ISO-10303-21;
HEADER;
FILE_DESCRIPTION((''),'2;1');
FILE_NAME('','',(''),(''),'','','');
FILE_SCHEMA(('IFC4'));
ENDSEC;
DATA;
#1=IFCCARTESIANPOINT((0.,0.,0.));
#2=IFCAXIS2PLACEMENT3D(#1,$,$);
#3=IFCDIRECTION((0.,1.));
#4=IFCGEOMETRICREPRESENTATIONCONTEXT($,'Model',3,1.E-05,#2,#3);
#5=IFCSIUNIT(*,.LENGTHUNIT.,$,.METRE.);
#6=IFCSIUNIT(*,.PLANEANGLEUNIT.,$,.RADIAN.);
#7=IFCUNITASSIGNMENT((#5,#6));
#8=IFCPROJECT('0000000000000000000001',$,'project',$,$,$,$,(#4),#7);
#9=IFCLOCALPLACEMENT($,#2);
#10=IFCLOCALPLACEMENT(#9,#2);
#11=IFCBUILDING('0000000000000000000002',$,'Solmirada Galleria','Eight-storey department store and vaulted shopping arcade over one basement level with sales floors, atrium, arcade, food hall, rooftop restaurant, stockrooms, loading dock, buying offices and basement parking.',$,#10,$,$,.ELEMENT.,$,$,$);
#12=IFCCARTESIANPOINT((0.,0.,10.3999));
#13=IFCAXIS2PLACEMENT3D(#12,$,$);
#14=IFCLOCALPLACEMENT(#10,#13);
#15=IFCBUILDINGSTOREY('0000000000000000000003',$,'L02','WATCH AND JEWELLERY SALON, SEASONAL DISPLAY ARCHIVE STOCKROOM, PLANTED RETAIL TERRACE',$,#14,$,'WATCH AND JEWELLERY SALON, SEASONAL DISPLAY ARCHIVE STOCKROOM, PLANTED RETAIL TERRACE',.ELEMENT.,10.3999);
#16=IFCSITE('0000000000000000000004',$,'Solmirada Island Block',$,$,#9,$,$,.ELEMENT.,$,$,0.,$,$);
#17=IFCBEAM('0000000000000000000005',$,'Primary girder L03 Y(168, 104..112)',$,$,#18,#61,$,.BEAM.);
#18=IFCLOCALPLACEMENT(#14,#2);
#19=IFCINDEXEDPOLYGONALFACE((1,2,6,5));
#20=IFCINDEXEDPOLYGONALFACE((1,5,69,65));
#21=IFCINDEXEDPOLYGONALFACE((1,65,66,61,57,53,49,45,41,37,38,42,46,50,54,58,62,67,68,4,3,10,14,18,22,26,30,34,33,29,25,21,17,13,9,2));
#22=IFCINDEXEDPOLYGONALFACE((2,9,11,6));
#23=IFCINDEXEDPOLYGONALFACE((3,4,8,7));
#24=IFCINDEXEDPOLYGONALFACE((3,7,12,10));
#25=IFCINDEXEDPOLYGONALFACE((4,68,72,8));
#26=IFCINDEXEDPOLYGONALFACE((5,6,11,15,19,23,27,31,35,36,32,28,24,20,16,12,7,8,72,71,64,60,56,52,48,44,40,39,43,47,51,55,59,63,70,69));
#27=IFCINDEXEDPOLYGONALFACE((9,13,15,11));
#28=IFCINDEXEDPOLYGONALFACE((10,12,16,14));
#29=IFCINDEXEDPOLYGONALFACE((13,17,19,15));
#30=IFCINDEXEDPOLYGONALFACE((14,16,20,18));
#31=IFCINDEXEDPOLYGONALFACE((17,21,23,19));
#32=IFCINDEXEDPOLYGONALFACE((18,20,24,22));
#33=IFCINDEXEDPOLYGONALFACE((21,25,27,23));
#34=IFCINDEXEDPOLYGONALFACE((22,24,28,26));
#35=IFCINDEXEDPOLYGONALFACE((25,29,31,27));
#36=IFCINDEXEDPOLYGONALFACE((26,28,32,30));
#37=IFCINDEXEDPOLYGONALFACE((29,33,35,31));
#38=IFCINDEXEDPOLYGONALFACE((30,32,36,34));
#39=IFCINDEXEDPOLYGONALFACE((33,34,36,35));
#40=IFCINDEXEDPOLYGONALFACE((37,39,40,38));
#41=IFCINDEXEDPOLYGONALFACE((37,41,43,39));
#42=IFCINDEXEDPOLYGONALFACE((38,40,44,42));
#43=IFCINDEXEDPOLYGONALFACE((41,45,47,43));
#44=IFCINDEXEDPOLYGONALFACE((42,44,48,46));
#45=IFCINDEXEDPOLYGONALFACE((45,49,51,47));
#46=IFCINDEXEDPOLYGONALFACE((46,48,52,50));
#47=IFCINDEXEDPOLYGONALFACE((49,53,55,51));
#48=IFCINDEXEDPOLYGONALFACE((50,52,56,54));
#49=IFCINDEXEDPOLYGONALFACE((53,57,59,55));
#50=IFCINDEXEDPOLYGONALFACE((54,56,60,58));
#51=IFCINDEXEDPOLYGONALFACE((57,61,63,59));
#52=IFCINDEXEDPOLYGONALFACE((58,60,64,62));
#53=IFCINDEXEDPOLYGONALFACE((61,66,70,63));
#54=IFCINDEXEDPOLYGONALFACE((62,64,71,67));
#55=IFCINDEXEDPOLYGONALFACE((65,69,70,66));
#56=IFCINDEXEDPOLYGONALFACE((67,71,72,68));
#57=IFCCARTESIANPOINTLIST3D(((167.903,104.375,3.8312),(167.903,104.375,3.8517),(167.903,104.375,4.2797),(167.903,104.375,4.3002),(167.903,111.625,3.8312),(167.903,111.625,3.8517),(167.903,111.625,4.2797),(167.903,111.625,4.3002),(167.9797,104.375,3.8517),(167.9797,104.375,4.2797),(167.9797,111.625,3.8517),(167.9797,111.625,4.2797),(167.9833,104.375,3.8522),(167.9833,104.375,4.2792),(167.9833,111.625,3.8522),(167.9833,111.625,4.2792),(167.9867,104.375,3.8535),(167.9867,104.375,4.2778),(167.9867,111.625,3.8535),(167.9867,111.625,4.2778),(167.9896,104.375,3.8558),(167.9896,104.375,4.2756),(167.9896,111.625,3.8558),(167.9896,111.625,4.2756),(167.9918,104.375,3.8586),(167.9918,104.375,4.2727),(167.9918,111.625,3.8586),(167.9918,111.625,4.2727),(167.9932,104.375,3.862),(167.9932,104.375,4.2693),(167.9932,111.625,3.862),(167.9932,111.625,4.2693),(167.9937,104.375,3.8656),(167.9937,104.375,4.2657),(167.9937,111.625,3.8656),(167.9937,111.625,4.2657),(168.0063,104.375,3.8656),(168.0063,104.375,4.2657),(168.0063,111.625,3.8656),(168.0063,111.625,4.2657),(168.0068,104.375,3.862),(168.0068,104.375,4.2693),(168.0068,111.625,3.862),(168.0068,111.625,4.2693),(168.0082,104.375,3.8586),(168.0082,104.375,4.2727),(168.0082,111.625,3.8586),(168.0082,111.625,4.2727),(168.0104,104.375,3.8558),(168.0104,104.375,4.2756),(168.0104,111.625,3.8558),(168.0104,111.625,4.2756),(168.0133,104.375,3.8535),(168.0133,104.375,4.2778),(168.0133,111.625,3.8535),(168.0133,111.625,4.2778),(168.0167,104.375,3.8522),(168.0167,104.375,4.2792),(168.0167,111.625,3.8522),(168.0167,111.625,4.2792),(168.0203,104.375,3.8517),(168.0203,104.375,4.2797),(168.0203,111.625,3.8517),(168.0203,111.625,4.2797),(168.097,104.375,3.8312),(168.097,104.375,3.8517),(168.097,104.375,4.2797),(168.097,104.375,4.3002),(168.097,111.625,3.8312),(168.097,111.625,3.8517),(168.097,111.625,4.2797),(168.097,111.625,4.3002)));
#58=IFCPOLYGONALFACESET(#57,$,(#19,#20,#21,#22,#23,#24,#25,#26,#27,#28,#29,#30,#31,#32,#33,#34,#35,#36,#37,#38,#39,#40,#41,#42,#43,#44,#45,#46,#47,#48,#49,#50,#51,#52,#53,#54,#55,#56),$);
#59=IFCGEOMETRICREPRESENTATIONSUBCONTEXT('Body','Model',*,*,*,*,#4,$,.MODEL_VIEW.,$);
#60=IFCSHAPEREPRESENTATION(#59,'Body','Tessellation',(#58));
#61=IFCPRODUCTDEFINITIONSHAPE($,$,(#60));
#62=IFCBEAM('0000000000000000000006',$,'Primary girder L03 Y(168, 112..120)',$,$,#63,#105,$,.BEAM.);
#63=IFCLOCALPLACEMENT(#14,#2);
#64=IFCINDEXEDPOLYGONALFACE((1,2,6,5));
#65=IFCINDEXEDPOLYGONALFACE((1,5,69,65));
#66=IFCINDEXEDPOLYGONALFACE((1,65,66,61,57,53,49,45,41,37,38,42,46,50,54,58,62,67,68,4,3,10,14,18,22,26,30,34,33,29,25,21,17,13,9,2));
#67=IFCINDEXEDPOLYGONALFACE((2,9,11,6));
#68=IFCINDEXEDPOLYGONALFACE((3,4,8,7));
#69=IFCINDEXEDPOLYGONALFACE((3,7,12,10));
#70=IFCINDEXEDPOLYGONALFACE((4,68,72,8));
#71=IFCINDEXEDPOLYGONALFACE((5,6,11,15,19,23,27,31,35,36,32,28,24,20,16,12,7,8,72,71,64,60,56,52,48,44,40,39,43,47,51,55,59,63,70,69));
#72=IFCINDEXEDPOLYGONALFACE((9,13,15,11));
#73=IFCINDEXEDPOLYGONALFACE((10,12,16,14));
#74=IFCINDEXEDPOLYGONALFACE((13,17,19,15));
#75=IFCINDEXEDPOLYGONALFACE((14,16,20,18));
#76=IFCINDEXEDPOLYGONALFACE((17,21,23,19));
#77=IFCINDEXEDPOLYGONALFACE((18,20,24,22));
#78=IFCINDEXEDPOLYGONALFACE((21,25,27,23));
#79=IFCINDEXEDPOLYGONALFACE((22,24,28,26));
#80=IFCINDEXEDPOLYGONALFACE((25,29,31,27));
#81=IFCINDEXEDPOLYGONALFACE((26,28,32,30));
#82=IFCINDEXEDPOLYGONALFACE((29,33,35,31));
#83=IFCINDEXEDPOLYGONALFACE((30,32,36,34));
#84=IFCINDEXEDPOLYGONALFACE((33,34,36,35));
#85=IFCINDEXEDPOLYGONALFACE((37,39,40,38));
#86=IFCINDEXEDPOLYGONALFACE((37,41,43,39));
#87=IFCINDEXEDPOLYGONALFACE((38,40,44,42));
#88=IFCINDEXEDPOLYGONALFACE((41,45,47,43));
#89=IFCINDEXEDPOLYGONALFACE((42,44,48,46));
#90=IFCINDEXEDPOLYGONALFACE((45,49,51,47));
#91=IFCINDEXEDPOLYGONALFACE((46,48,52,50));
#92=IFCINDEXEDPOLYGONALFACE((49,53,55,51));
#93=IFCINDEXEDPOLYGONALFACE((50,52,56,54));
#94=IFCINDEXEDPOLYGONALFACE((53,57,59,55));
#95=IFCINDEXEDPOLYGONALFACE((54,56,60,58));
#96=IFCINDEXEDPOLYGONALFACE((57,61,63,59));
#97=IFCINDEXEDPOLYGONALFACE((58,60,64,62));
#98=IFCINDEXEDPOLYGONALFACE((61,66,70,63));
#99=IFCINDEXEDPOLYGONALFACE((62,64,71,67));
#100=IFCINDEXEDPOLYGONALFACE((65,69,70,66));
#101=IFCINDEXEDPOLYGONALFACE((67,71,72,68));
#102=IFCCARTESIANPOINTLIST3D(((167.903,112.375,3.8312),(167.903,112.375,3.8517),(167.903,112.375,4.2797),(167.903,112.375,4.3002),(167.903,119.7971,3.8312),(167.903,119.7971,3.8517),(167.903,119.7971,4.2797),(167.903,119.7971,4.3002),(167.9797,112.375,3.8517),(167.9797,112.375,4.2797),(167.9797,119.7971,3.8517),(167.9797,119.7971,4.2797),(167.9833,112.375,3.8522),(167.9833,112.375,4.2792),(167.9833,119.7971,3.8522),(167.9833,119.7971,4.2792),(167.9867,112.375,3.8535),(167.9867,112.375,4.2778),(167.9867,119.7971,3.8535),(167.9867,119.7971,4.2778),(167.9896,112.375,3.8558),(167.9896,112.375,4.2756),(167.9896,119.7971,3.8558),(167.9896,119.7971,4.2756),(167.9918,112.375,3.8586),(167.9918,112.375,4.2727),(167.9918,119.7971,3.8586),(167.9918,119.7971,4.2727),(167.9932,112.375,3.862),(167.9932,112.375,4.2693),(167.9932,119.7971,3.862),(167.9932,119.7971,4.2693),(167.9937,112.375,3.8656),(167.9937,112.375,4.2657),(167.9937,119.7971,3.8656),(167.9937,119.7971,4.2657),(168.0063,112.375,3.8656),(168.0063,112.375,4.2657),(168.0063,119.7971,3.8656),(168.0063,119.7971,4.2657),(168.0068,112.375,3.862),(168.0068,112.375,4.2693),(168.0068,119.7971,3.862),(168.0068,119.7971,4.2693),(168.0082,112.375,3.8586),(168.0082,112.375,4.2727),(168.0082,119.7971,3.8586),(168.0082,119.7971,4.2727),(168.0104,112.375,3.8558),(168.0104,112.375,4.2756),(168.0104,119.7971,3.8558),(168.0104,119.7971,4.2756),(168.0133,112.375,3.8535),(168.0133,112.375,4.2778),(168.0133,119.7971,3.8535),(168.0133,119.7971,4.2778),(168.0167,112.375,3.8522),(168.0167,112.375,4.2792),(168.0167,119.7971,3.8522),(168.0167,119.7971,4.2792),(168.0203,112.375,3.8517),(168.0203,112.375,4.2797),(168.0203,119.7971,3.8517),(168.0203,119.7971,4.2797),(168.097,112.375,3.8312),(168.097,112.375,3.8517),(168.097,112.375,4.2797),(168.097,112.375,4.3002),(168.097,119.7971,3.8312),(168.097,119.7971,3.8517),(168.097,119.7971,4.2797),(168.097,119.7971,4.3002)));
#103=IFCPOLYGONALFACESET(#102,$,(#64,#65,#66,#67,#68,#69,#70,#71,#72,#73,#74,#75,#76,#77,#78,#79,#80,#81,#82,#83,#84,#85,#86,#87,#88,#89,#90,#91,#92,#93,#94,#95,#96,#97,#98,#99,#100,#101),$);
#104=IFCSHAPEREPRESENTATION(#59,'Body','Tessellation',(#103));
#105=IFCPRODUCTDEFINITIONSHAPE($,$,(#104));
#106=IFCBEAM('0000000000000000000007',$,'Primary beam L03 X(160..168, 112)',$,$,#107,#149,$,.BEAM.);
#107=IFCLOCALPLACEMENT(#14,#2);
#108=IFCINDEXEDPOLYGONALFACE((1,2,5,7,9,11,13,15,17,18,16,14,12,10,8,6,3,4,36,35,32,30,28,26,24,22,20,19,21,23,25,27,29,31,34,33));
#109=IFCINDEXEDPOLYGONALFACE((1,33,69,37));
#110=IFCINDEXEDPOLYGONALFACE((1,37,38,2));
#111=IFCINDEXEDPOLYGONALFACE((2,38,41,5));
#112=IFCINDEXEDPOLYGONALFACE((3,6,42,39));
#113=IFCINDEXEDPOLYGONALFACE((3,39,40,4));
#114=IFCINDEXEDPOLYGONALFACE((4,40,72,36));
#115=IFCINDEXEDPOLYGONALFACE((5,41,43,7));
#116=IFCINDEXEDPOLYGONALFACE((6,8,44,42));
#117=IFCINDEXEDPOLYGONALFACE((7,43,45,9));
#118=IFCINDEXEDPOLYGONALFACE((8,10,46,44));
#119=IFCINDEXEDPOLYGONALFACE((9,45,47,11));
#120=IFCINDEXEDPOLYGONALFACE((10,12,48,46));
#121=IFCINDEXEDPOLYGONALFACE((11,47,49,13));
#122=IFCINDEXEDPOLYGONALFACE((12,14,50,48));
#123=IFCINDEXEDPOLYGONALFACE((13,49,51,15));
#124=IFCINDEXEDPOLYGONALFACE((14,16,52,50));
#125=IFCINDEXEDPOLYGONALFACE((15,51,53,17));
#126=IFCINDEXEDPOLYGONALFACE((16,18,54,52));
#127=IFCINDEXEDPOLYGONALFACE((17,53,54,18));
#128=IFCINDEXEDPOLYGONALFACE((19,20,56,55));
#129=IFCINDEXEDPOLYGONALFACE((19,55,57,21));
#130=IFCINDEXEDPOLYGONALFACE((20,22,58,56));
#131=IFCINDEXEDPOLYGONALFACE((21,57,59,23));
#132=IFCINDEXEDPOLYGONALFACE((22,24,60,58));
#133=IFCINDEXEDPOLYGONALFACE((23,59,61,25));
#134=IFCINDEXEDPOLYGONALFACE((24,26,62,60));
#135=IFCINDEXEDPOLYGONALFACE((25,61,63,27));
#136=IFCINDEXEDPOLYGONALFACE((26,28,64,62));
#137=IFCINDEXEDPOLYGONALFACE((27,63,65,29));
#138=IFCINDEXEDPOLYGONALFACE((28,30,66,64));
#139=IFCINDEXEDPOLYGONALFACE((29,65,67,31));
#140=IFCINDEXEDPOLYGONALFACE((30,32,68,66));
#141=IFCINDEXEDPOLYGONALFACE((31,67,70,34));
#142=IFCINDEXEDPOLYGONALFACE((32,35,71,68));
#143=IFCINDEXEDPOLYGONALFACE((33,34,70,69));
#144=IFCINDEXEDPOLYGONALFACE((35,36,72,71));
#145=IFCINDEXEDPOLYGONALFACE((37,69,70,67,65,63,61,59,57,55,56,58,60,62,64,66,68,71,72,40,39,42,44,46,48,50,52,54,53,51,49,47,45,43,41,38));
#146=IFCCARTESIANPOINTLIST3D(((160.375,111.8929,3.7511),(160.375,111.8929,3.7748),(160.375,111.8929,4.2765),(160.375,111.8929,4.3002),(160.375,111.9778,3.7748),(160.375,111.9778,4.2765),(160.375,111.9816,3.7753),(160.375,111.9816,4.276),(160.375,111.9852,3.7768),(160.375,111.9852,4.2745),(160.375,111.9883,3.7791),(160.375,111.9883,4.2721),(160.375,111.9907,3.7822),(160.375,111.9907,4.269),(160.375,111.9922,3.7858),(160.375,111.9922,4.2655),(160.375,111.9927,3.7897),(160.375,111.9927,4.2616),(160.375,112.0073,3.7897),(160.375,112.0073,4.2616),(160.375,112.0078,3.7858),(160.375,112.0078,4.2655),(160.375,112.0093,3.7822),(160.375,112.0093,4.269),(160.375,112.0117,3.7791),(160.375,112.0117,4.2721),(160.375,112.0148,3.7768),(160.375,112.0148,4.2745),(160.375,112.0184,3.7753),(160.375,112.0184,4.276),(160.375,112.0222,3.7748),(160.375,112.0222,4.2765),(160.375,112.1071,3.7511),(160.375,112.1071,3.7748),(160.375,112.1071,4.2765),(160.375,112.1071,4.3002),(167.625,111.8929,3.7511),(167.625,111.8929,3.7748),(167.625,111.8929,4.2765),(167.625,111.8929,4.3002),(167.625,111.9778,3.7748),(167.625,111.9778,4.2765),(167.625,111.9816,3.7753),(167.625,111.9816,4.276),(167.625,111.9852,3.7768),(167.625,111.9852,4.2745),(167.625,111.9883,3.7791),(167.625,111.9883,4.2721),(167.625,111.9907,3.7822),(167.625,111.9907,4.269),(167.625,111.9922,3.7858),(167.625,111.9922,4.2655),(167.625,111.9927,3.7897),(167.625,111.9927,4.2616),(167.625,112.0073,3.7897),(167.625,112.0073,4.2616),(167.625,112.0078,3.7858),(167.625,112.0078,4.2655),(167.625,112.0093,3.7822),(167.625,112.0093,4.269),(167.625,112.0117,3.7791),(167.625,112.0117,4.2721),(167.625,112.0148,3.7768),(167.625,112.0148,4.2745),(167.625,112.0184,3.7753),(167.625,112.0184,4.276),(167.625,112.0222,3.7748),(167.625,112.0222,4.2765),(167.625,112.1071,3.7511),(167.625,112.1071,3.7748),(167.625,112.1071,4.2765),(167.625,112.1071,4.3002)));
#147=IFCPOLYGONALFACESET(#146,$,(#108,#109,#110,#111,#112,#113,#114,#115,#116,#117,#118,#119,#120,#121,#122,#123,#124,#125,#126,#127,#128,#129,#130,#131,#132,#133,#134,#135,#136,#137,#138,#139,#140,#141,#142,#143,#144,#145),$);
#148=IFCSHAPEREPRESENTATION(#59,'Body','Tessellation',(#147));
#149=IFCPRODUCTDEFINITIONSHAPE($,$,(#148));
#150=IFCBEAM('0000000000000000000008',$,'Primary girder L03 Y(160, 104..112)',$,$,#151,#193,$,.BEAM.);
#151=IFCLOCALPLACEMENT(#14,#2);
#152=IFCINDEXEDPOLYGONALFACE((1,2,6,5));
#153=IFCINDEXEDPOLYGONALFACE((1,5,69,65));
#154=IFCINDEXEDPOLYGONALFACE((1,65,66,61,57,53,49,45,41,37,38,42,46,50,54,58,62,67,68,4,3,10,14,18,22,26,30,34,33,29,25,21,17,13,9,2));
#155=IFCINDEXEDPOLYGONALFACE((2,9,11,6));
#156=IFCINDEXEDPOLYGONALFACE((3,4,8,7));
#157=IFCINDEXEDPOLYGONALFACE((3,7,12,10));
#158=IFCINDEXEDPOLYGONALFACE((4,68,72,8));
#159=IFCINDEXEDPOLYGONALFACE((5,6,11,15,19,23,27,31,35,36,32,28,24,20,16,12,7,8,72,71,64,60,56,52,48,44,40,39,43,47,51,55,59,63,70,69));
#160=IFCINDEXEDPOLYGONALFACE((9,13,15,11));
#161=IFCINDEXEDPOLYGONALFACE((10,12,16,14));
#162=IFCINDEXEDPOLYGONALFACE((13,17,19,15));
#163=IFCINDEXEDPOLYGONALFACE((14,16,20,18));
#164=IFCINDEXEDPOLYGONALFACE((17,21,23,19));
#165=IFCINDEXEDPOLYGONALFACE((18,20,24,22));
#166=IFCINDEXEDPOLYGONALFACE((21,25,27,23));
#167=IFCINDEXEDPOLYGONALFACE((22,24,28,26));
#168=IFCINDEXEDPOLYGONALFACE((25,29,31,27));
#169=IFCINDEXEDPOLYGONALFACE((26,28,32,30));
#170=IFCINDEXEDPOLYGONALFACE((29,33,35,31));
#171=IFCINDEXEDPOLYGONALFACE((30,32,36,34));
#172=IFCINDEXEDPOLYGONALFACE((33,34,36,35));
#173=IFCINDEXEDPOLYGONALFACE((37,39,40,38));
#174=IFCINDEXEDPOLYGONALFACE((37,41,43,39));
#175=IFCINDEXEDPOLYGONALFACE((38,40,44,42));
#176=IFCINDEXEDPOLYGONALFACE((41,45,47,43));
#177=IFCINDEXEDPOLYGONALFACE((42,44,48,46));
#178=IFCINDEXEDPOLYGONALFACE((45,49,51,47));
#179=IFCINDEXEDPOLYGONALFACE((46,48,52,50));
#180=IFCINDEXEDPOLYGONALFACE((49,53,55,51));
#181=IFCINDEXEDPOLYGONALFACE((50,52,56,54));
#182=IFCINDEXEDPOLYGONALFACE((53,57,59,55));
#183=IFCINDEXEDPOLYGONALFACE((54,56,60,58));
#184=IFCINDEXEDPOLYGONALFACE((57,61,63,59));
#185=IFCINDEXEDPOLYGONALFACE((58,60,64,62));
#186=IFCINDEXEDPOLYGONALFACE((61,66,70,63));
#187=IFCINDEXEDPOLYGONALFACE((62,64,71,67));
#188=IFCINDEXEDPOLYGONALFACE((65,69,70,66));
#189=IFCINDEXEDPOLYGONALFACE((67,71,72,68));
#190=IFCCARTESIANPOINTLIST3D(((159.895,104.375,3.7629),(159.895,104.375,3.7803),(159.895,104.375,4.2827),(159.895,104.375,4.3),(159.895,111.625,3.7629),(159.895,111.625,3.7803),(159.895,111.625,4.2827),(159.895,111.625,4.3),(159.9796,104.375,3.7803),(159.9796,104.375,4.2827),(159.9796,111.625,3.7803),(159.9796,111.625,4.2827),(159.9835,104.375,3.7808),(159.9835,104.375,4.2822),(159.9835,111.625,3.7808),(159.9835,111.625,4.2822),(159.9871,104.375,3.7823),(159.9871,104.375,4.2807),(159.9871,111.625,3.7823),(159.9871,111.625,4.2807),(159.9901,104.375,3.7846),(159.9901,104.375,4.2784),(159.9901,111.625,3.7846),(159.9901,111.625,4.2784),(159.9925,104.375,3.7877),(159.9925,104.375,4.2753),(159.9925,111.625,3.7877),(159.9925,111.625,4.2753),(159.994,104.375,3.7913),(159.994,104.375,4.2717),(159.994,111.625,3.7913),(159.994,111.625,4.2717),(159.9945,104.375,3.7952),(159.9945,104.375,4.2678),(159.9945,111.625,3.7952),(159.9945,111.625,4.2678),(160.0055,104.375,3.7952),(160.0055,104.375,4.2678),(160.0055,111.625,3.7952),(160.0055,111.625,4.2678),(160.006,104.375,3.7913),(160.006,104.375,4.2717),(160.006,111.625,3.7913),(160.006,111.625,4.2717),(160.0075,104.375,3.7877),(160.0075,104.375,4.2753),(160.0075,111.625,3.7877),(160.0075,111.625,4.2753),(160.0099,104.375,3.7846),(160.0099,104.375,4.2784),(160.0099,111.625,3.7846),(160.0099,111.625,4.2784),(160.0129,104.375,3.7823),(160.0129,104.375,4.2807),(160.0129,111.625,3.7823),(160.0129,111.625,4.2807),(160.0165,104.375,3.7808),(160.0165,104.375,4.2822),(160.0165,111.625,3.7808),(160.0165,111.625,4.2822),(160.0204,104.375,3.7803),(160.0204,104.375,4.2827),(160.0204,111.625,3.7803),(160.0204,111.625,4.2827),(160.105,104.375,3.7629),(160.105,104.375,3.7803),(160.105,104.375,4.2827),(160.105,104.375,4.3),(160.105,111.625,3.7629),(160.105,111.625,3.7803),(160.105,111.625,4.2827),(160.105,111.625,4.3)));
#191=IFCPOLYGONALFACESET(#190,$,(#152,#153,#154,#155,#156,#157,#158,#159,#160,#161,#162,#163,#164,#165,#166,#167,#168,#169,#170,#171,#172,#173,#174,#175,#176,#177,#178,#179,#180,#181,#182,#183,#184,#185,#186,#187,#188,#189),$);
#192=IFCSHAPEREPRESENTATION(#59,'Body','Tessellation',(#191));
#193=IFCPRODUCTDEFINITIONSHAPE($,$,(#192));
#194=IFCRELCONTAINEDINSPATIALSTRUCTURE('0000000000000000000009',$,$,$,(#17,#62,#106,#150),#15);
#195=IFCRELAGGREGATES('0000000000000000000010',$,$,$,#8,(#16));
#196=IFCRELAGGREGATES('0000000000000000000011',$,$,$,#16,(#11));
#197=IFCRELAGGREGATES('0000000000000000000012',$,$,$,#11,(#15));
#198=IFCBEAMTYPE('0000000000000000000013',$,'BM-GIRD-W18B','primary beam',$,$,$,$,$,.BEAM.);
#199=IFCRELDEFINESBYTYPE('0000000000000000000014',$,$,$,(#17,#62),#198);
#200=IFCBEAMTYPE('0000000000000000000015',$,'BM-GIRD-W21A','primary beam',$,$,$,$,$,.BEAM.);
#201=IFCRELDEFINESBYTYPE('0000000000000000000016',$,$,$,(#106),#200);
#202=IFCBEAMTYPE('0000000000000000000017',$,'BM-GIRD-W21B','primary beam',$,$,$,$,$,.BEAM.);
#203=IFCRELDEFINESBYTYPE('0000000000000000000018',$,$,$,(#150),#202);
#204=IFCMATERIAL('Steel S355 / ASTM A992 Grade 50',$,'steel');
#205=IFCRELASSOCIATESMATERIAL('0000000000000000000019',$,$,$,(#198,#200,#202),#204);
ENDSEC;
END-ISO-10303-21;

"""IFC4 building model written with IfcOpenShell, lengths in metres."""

from ifc_helpers import new_model, si_unit, direction, frame, origin, origin_2d, place, context, subcontext, project, spatial, i_section, extrude, material, material_profile, profile_set, type_object, element, save


model = new_model("IFC4")

# Units and contexts
model_context = context("Model", 3, precision=1e-05, world=origin(), true_north=direction((0.0, 1.0)))
body_context = subcontext(model_context, "Body", "Model", "MODEL_VIEW")
ifc_project = project(units=[si_unit("LENGTHUNIT", "METRE"), si_unit("PLANEANGLEUNIT", "RADIAN")], contexts=[model_context])

# Site, building, storey
site_placement = place(None, origin())
site = spatial("IfcSite", under=ifc_project, at=site_placement, Name="Solmirada Island Block", CompositionType="ELEMENT", RefElevation=0.0)
building_placement = place(site_placement, origin())
building = spatial("IfcBuilding", under=site, at=building_placement, Name="Solmirada Galleria", Description="Eight-storey department store and vaulted shopping arcade over one basement level with sales floors, atrium, arcade, food hall, rooftop restaurant, stockrooms, loading dock, buying offices and basement parking.", CompositionType="ELEMENT")
storey_placement = place(building_placement, frame((0.0, 0.0, 10.3999)))
storey = spatial("IfcBuildingStorey", under=building, at=storey_placement, Name="L02", Description="WATCH AND JEWELLERY SALON, SEASONAL DISPLAY ARCHIVE STOCKROOM, PLANTED RETAIL TERRACE", LongName="WATCH AND JEWELLERY SALON, SEASONAL DISPLAY ARCHIVE STOCKROOM, PLANTED RETAIL TERRACE", CompositionType="ELEMENT", Elevation=10.3999)

# Beams
ifc_material_1 = material(Name="Steel S355 / ASTM A992 Grade 50", Category="steel")
ifc_material_profile_1 = material_profile(ifc_material_1, i_section(OverallWidth=0.1941, OverallDepth=0.469, WebThickness=0.0127, FlangeThickness=0.0205, FilletRadius=0.0139, at=origin_2d()), Name="W18X71")
ifc_profile_set_1 = profile_set([ifc_material_profile_1], Name="Steel S355 / ASTM A992 Grade 50")
beam_type_1 = type_object("IfcBeamType", Name="BM-GIRD-W18B", Description="primary beam", PredefinedType="BEAM", material=ifc_profile_set_1)
beam_1_placement = place(storey_placement, frame((168.0, 104.375, 4.0657), z_axis=(0.0, 1.0, 0.0), x_axis=(-1.0, 0.0, 0.0)))
element("IfcBeam", 1, at=beam_1_placement, inside=storey, type_object=beam_type_1, Name="Primary girder L03 Y(168, 104..112)", PredefinedType="BEAM", context=body_context, shape_type="SweptSolid", body=[
    extrude(i_section(OverallWidth=0.1941, OverallDepth=0.469, WebThickness=0.0127, FlangeThickness=0.0205, FilletRadius=0.0139, at=origin_2d()), origin(), (0.0, 0.0, 1.0), 7.25),
])
beam_2_placement = place(storey_placement, frame((168.0, 112.375, 4.0657), z_axis=(0.0, 1.0, 0.0), x_axis=(-1.0, 0.0, 0.0)))
element("IfcBeam", 2, at=beam_2_placement, inside=storey, type_object=beam_type_1, Name="Primary girder L03 Y(168, 112..120)", PredefinedType="BEAM", context=body_context, shape_type="SweptSolid", body=[
    extrude(i_section(OverallWidth=0.1941, OverallDepth=0.469, WebThickness=0.0127, FlangeThickness=0.0205, FilletRadius=0.0139, at=origin_2d()), origin(), (0.0, 0.0, 1.0), 7.4221),
])
ifc_material_profile_2 = material_profile(ifc_material_1, i_section(OverallWidth=0.2141, OverallDepth=0.5491, WebThickness=0.0146, FlangeThickness=0.0237, FilletRadius=0.0149, at=origin_2d()), Name="W21X93")
ifc_profile_set_2 = profile_set([ifc_material_profile_2], Name="Steel S355 / ASTM A992 Grade 50")
beam_type_2 = type_object("IfcBeamType", Name="BM-GIRD-W21A", Description="primary beam", PredefinedType="BEAM", material=ifc_profile_set_2)
beam_3_placement = place(storey_placement, frame((160.375, 112.0, 4.0256), z_axis=(1.0, 0.0, 0.0), x_axis=(0.0, 1.0, 0.0)))
element("IfcBeam", 3, at=beam_3_placement, inside=storey, type_object=beam_type_2, Name="Primary beam L03 X(160..168, 112)", PredefinedType="BEAM", context=body_context, shape_type="SweptSolid", body=[
    extrude(i_section(OverallWidth=0.2141, OverallDepth=0.5491, WebThickness=0.0146, FlangeThickness=0.0237, FilletRadius=0.0149, at=origin_2d()), origin(), (0.0, 0.0, 1.0), 7.25),
])
ifc_material_profile_3 = material_profile(ifc_material_1, i_section(OverallWidth=0.21, OverallDepth=0.5371, WebThickness=0.011, FlangeThickness=0.0173, FilletRadius=0.0149, at=origin_2d()), Name="W21X68")
ifc_profile_set_3 = profile_set([ifc_material_profile_3], Name="Steel S355 / ASTM A992 Grade 50")
beam_type_3 = type_object("IfcBeamType", Name="BM-GIRD-W21B", Description="primary beam", PredefinedType="BEAM", material=ifc_profile_set_3)
beam_4_placement = place(storey_placement, frame((160.0, 104.375, 4.0315), z_axis=(0.0, 1.0, 0.0), x_axis=(-1.0, 0.0, 0.0)))
element("IfcBeam", 4, at=beam_4_placement, inside=storey, type_object=beam_type_3, Name="Primary girder L03 Y(160, 104..112)", PredefinedType="BEAM", context=body_context, shape_type="SweptSolid", body=[
    extrude(i_section(OverallWidth=0.21, OverallDepth=0.5371, WebThickness=0.011, FlangeThickness=0.0173, FilletRadius=0.0149, at=origin_2d()), origin(), (0.0, 0.0, 1.0), 7.25),
])

save(model, "model.ifc")
